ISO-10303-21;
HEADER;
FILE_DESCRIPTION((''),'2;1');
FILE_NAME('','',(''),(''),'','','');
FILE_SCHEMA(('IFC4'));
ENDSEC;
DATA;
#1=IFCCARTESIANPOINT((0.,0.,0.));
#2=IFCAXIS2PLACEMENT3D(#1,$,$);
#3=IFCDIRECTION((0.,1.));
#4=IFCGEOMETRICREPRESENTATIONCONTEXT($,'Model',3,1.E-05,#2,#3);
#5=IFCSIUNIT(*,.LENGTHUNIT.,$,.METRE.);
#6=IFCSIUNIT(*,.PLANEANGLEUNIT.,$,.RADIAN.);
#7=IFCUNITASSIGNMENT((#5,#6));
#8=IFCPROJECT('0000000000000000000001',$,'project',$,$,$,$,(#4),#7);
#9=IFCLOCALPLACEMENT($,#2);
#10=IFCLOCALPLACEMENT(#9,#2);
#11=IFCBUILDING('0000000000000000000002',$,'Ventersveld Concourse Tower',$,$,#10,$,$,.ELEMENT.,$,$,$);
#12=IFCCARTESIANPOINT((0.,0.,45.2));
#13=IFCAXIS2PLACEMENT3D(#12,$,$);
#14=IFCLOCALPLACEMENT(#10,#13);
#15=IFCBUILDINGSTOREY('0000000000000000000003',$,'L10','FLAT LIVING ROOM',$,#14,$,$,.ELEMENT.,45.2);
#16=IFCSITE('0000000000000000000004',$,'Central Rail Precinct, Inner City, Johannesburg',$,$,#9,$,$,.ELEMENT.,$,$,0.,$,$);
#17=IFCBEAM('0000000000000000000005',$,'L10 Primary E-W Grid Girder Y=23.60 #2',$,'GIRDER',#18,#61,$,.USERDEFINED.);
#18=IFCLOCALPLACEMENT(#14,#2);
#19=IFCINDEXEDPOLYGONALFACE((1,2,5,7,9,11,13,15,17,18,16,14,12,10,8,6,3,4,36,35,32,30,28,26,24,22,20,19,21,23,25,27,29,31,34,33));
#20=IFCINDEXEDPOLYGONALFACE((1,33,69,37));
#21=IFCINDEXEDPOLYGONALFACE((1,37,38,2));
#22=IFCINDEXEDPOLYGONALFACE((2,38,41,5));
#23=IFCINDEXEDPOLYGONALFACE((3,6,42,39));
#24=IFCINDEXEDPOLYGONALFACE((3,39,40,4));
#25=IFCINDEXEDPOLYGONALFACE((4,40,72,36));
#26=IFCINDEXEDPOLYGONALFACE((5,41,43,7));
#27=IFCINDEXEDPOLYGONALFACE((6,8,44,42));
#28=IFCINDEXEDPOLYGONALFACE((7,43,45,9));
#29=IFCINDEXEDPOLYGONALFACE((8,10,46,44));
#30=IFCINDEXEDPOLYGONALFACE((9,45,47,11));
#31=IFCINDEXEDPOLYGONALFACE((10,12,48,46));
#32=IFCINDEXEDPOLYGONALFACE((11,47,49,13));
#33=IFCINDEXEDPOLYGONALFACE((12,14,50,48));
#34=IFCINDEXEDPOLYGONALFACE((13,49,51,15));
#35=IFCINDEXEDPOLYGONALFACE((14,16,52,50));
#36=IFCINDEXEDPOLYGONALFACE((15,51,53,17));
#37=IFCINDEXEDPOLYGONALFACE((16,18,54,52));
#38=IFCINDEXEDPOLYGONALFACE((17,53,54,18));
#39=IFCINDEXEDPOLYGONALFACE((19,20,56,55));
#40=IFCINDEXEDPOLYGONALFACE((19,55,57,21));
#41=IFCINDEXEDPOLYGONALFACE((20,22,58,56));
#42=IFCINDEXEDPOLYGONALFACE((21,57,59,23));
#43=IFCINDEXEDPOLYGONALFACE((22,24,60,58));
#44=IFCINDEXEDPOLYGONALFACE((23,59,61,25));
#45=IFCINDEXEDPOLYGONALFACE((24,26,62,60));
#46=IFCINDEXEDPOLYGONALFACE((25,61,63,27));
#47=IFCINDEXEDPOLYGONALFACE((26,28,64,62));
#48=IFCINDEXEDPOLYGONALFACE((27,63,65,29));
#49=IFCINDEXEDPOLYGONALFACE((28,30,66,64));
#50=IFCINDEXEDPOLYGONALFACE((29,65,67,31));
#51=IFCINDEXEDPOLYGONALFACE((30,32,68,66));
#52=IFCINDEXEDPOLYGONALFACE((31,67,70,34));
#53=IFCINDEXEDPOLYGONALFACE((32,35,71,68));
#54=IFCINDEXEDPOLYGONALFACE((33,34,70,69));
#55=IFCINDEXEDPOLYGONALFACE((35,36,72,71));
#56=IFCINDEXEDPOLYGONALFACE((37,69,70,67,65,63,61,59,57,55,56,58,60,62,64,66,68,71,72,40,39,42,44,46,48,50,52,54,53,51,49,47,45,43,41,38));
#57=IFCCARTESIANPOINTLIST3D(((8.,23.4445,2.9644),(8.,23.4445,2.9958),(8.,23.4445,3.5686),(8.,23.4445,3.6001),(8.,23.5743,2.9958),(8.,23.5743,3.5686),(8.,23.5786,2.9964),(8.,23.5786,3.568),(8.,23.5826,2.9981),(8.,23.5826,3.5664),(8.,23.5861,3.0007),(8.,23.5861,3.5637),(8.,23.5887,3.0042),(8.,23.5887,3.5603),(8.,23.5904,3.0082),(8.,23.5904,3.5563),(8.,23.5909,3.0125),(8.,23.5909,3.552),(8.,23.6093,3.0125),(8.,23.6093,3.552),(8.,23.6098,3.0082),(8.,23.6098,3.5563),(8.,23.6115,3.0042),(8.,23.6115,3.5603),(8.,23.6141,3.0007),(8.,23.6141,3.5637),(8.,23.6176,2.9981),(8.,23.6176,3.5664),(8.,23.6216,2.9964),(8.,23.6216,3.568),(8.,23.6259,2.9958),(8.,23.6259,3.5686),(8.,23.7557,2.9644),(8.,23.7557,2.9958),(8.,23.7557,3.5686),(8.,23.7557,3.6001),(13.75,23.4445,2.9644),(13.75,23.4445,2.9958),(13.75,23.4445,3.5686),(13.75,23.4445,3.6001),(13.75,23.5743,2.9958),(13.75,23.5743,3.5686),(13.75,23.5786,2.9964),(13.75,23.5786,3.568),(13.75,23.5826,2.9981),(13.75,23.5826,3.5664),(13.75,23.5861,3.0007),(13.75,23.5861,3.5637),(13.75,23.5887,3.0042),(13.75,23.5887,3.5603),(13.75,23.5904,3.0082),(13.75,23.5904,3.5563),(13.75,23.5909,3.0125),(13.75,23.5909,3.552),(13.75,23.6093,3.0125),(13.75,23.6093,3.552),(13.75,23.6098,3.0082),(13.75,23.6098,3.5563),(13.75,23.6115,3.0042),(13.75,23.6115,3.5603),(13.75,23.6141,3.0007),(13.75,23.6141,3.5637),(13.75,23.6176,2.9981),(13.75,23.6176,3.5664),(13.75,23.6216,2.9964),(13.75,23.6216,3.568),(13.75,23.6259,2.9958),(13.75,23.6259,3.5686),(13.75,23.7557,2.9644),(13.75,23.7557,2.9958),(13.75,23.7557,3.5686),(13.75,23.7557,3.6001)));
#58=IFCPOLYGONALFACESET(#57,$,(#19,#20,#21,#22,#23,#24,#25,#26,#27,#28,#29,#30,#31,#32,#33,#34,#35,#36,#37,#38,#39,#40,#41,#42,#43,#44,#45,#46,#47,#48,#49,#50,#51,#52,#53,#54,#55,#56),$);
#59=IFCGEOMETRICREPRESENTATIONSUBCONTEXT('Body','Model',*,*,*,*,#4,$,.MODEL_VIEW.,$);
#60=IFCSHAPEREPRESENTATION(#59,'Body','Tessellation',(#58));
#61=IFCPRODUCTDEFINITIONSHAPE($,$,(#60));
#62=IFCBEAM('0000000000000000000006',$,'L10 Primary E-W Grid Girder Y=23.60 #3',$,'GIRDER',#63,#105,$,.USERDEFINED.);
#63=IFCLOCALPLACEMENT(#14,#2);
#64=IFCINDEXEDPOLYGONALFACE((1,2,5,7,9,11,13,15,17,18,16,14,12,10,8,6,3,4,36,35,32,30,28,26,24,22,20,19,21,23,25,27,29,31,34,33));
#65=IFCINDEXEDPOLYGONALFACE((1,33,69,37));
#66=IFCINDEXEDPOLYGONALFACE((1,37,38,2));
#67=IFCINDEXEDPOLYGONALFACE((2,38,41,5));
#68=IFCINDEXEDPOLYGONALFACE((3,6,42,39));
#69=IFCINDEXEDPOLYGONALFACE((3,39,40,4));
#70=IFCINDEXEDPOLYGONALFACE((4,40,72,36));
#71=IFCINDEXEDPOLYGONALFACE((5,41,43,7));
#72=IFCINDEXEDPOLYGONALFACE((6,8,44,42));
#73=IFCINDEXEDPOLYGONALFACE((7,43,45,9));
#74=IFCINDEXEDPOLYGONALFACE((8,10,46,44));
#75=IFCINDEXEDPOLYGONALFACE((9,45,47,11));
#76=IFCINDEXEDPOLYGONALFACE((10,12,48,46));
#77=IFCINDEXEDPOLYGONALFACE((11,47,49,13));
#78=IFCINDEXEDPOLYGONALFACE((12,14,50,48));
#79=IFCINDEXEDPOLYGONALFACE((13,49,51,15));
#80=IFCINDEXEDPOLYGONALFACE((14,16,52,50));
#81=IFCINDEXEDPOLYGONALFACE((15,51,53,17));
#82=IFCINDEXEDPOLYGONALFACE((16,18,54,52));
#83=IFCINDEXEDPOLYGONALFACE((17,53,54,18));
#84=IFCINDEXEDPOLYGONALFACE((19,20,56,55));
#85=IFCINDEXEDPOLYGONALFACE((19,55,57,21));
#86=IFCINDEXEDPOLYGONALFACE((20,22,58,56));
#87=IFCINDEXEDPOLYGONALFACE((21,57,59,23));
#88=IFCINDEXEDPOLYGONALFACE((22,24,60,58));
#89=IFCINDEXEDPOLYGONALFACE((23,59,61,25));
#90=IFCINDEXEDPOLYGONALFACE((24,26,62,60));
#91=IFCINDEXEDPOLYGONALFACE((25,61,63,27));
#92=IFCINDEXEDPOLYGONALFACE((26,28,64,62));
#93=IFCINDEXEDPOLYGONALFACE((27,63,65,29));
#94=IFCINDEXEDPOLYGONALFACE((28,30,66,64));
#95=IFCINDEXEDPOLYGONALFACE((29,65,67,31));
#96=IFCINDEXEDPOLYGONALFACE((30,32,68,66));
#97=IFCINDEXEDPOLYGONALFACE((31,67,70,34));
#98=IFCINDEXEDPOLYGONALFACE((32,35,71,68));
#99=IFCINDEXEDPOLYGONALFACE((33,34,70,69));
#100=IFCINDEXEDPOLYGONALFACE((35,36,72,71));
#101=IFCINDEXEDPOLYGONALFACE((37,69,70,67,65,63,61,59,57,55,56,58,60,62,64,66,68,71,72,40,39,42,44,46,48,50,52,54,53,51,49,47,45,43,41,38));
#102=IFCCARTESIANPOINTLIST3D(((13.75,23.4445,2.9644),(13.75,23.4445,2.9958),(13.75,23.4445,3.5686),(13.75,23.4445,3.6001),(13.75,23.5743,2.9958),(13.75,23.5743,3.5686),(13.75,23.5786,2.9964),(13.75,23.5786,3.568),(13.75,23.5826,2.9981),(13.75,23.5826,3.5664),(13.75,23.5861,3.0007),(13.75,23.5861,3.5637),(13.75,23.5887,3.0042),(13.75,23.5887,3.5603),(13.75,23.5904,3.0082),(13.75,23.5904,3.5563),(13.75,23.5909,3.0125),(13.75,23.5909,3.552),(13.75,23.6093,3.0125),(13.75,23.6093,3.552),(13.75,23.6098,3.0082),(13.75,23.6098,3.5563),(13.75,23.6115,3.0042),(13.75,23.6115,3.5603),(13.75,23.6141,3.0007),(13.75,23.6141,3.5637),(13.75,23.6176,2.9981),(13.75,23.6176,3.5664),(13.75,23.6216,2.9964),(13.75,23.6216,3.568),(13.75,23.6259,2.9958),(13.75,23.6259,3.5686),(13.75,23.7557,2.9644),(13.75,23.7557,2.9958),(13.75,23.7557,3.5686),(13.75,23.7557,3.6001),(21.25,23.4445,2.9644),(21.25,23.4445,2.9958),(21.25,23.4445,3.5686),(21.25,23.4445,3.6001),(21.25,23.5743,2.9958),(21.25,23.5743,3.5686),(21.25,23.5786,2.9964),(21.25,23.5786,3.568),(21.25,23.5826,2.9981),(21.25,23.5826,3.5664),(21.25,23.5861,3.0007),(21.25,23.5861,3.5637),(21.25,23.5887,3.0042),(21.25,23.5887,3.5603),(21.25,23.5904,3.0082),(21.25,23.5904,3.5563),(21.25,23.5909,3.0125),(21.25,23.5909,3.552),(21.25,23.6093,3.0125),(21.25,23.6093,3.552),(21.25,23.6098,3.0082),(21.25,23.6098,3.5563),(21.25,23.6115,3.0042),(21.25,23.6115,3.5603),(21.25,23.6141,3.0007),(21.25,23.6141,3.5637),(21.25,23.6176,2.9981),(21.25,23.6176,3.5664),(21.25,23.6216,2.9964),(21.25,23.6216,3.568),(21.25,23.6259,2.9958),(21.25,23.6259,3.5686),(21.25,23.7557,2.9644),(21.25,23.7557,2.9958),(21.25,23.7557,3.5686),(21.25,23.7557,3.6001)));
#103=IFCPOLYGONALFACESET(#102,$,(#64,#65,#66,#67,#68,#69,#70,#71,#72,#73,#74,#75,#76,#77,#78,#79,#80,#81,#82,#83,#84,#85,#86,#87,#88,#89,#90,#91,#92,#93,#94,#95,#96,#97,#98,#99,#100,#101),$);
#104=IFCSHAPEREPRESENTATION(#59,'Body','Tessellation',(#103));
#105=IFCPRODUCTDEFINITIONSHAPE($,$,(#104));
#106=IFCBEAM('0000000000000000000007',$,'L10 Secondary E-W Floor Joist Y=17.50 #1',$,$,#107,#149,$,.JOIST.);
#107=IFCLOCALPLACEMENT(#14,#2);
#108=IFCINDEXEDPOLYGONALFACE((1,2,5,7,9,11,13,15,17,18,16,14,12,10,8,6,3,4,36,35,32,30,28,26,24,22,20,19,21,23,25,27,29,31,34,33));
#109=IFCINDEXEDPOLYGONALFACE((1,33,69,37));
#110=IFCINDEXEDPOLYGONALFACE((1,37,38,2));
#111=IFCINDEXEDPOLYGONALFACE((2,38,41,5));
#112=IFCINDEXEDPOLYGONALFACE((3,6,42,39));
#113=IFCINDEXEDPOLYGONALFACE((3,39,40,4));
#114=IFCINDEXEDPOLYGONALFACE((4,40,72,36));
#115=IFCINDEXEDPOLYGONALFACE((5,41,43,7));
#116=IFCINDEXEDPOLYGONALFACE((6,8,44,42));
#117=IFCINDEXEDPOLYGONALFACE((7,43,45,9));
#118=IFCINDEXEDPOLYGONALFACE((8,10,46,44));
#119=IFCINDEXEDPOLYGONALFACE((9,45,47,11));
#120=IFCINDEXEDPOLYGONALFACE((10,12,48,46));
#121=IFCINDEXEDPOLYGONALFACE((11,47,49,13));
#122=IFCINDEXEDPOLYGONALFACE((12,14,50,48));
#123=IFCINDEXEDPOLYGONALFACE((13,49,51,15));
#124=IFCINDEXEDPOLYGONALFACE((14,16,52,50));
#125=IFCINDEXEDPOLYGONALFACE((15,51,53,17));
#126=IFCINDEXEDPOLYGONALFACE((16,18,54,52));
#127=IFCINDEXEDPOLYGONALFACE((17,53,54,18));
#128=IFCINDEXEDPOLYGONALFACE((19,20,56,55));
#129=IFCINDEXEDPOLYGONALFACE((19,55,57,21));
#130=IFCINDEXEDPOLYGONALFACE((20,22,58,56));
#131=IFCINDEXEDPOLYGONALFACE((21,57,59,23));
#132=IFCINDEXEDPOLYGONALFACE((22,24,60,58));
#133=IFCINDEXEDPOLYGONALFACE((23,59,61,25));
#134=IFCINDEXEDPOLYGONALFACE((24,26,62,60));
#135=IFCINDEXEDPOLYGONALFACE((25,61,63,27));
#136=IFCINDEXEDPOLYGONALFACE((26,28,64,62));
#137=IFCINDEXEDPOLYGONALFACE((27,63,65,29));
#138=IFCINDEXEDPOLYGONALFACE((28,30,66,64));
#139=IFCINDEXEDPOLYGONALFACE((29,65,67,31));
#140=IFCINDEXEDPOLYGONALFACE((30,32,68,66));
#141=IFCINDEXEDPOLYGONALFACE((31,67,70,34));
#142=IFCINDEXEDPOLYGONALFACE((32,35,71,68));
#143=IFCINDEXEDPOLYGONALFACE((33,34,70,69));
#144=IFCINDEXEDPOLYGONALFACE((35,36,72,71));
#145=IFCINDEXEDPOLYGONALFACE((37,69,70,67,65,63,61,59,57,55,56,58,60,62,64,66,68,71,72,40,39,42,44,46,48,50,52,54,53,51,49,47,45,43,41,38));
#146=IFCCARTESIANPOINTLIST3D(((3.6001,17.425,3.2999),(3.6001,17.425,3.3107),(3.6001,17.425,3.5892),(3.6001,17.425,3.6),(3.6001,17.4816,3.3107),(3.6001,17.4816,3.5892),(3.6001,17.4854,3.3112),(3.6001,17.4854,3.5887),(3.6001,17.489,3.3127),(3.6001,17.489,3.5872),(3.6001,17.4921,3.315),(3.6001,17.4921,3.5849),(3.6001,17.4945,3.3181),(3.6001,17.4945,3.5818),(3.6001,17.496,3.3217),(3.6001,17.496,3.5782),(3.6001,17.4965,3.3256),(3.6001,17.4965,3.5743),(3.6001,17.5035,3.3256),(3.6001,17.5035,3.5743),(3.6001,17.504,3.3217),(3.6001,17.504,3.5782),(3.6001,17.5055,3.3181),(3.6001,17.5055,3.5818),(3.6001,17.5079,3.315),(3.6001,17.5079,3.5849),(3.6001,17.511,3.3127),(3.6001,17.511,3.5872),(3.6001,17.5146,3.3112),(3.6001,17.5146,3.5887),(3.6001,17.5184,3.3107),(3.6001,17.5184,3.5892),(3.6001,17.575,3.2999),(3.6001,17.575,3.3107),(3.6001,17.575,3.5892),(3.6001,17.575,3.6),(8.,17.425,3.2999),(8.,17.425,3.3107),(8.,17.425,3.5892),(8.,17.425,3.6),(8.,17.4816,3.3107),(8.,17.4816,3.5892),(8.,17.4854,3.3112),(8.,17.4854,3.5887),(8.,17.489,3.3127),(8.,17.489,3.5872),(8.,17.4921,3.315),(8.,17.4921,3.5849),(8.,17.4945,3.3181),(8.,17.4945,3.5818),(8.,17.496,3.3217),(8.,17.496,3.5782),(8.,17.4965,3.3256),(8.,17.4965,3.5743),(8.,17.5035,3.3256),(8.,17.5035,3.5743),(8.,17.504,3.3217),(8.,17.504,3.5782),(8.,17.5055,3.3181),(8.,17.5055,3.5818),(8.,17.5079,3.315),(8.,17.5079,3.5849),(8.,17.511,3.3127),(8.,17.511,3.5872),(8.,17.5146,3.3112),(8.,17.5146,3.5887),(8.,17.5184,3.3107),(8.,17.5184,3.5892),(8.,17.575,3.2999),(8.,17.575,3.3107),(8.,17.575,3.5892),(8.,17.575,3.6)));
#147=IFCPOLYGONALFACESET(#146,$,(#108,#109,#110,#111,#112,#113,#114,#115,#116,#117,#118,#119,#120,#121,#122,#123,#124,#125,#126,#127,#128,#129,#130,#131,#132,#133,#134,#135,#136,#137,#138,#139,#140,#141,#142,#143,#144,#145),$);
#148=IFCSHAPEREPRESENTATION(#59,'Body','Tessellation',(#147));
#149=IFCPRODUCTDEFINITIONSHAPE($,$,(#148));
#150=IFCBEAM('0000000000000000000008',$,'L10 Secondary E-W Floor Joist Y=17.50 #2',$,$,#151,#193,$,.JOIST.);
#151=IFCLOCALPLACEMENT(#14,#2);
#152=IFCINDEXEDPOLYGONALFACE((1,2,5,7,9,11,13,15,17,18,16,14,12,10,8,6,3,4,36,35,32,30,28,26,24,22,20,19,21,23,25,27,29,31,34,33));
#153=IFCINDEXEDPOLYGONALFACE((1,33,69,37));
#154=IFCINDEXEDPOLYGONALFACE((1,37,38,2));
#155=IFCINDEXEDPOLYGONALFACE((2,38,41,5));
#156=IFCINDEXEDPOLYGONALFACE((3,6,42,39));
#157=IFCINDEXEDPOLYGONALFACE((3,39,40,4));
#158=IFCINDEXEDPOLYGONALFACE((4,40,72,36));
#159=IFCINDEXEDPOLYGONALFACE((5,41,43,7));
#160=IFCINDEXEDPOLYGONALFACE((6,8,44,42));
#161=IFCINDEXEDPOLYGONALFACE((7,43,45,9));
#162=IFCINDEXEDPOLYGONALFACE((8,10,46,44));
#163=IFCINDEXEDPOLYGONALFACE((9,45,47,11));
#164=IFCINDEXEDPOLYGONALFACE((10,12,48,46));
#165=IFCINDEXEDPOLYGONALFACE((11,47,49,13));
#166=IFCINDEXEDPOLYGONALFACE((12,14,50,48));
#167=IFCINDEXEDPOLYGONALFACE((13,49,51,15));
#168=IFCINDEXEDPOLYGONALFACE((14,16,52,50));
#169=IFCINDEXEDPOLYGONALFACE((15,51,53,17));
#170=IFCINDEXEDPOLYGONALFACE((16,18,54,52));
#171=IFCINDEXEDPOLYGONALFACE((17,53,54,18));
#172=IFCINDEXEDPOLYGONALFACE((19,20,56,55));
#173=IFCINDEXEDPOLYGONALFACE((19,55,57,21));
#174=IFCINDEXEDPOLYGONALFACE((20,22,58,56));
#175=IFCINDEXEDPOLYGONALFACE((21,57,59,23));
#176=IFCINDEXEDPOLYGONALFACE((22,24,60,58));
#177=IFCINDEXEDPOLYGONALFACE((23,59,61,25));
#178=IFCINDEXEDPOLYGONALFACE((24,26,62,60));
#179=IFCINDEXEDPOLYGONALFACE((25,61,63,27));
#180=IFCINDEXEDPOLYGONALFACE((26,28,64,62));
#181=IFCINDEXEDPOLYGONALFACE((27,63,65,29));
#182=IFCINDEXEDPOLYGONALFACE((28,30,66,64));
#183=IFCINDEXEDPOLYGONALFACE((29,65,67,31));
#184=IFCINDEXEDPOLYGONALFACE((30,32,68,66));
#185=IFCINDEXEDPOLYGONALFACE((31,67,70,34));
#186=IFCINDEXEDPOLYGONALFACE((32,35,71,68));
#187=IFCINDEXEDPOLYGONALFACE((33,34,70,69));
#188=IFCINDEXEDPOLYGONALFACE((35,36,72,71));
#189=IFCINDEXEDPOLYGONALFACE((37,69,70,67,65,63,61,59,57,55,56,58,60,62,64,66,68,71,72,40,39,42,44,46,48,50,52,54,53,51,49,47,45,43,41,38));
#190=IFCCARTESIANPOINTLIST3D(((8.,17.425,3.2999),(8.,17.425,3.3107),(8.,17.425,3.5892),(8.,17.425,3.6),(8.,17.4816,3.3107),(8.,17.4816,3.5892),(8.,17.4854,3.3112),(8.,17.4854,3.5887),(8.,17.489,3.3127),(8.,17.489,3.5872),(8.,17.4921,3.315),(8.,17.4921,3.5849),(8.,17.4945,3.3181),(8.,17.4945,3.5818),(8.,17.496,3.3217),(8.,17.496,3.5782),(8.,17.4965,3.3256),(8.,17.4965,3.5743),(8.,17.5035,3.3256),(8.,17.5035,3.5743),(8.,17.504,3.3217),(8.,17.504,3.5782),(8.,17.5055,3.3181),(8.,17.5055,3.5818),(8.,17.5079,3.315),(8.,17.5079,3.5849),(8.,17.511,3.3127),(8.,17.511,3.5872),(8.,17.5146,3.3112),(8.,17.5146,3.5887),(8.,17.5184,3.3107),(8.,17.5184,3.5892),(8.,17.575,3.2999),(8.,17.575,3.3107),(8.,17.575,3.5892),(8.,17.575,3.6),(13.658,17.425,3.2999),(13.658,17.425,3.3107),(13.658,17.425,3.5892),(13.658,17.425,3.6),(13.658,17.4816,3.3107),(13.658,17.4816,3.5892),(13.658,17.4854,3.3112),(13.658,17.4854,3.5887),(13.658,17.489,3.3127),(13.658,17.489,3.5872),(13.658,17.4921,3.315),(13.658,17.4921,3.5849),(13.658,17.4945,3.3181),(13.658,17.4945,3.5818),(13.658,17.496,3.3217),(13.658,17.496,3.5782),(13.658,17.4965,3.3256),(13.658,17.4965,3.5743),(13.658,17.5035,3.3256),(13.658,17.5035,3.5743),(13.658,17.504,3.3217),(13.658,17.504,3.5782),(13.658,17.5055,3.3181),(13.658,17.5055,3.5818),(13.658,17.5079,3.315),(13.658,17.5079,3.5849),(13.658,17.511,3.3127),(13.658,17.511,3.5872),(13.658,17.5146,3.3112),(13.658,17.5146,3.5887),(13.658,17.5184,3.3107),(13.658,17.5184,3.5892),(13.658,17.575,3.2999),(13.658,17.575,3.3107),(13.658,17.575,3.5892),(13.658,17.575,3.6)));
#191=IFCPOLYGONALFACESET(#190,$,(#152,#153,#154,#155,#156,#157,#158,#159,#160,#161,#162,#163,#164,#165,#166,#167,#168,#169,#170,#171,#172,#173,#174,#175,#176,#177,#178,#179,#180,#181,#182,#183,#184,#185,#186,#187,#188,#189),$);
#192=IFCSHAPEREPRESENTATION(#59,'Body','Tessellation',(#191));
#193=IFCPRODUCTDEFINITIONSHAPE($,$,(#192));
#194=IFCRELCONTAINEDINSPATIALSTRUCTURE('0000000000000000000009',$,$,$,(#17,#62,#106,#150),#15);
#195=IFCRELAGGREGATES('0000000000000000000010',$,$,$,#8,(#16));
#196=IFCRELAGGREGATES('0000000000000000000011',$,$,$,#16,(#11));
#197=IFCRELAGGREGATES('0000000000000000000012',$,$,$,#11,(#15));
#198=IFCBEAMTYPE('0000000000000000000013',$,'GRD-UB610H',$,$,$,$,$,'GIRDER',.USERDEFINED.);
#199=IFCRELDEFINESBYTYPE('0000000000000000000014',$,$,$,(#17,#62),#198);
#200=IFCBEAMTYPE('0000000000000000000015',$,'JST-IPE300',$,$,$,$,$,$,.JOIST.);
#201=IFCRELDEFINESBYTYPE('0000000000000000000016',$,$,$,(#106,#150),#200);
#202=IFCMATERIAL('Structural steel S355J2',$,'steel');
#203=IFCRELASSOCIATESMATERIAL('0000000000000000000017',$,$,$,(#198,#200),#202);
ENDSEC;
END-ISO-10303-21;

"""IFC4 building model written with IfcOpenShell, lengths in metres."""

from ifc_helpers import new_model, si_unit, direction, frame, origin, origin_2d, place, context, subcontext, project, spatial, i_section, extrude, material, material_profile, profile_set, type_object, element, save


model = new_model("IFC4")

# Units and contexts
model_context = context("Model", 3, precision=1e-05, world=origin(), true_north=direction((0.0, 1.0)))
body_context = subcontext(model_context, "Body", "Model", "MODEL_VIEW")
ifc_project = project(units=[si_unit("LENGTHUNIT", "METRE"), si_unit("PLANEANGLEUNIT", "RADIAN")], contexts=[model_context])

# Site, building, storey
site_placement = place(None, origin())
site = spatial("IfcSite", under=ifc_project, at=site_placement, Name="Central Rail Precinct, Inner City, Johannesburg", CompositionType="ELEMENT", RefElevation=0.0)
building_placement = place(site_placement, origin())
building = spatial("IfcBuilding", under=site, at=building_placement, Name="Ventersveld Concourse Tower", CompositionType="ELEMENT")
storey_placement = place(building_placement, frame((0.0, 0.0, 45.2)))
storey = spatial("IfcBuildingStorey", under=building, at=storey_placement, Name="L10", Description="FLAT LIVING ROOM", CompositionType="ELEMENT", Elevation=45.2)

# Beams
ifc_material_1 = material(Name="Structural steel S355J2", Category="steel")
ifc_material_profile_1 = material_profile(ifc_material_1, i_section(OverallWidth=0.3113, OverallDepth=0.6357, WebThickness=0.0183, FlangeThickness=0.0315, FilletRadius=0.0166, at=origin_2d()), Name="UB 610x305x238")
ifc_profile_set_1 = profile_set([ifc_material_profile_1], Name="Structural steel S355J2")
beam_type_1 = type_object("IfcBeamType", Name="GRD-UB610H", ElementType="GIRDER", PredefinedType="USERDEFINED", material=ifc_profile_set_1)
beam_1_placement = place(storey_placement, frame((8.0, 23.6001, 3.2822), z_axis=(1.0, 0.0, 0.0), x_axis=(0.0, 1.0, 0.0)))
element("IfcBeam", 1, at=beam_1_placement, inside=storey, type_object=beam_type_1, Name="L10 Primary E-W Grid Girder Y=23.60 #2", ObjectType="GIRDER", PredefinedType="USERDEFINED", context=body_context, shape_type="SweptSolid", body=[
    extrude(i_section(OverallWidth=0.3113, OverallDepth=0.6357, WebThickness=0.0183, FlangeThickness=0.0315, FilletRadius=0.0166, at=origin_2d()), origin(), (0.0, 0.0, 1.0), 5.75),
])
beam_2_placement = place(storey_placement, frame((13.75, 23.6001, 3.2822), z_axis=(1.0, 0.0, 0.0), x_axis=(0.0, 1.0, 0.0)))
element("IfcBeam", 2, at=beam_2_placement, inside=storey, type_object=beam_type_1, Name="L10 Primary E-W Grid Girder Y=23.60 #3", ObjectType="GIRDER", PredefinedType="USERDEFINED", context=body_context, shape_type="SweptSolid", body=[
    extrude(i_section(OverallWidth=0.3113, OverallDepth=0.6357, WebThickness=0.0183, FlangeThickness=0.0315, FilletRadius=0.0166, at=origin_2d()), origin(), (0.0, 0.0, 1.0), 7.5),
])
ifc_material_profile_2 = material_profile(ifc_material_1, i_section(OverallWidth=0.1499, OverallDepth=0.3, WebThickness=0.0071, FlangeThickness=0.0107, FilletRadius=0.0149, at=origin_2d()), Name="IPE 300")
ifc_profile_set_2 = profile_set([ifc_material_profile_2], Name="Structural steel S355J2")
beam_type_2 = type_object("IfcBeamType", Name="JST-IPE300", PredefinedType="JOIST", material=ifc_profile_set_2)
beam_3_placement = place(storey_placement, frame((3.6001, 17.5, 3.45), z_axis=(1.0, 0.0, 0.0), x_axis=(0.0, 1.0, 0.0)))
element("IfcBeam", 3, at=beam_3_placement, inside=storey, type_object=beam_type_2, Name="L10 Secondary E-W Floor Joist Y=17.50 #1", PredefinedType="JOIST", context=body_context, shape_type="SweptSolid", body=[
    extrude(i_section(OverallWidth=0.1499, OverallDepth=0.3, WebThickness=0.0071, FlangeThickness=0.0107, FilletRadius=0.0149, at=origin_2d()), origin(), (0.0, 0.0, 1.0), 4.3999),
])
beam_4_placement = place(storey_placement, frame((8.0, 17.5, 3.45), z_axis=(1.0, 0.0, 0.0), x_axis=(0.0, 1.0, 0.0)))
element("IfcBeam", 4, at=beam_4_placement, inside=storey, type_object=beam_type_2, Name="L10 Secondary E-W Floor Joist Y=17.50 #2", PredefinedType="JOIST", context=body_context, shape_type="SweptSolid", body=[
    extrude(i_section(OverallWidth=0.1499, OverallDepth=0.3, WebThickness=0.0071, FlangeThickness=0.0107, FilletRadius=0.0149, at=origin_2d()), origin(), (0.0, 0.0, 1.0), 5.658),
])

save(model, "model.ifc")
